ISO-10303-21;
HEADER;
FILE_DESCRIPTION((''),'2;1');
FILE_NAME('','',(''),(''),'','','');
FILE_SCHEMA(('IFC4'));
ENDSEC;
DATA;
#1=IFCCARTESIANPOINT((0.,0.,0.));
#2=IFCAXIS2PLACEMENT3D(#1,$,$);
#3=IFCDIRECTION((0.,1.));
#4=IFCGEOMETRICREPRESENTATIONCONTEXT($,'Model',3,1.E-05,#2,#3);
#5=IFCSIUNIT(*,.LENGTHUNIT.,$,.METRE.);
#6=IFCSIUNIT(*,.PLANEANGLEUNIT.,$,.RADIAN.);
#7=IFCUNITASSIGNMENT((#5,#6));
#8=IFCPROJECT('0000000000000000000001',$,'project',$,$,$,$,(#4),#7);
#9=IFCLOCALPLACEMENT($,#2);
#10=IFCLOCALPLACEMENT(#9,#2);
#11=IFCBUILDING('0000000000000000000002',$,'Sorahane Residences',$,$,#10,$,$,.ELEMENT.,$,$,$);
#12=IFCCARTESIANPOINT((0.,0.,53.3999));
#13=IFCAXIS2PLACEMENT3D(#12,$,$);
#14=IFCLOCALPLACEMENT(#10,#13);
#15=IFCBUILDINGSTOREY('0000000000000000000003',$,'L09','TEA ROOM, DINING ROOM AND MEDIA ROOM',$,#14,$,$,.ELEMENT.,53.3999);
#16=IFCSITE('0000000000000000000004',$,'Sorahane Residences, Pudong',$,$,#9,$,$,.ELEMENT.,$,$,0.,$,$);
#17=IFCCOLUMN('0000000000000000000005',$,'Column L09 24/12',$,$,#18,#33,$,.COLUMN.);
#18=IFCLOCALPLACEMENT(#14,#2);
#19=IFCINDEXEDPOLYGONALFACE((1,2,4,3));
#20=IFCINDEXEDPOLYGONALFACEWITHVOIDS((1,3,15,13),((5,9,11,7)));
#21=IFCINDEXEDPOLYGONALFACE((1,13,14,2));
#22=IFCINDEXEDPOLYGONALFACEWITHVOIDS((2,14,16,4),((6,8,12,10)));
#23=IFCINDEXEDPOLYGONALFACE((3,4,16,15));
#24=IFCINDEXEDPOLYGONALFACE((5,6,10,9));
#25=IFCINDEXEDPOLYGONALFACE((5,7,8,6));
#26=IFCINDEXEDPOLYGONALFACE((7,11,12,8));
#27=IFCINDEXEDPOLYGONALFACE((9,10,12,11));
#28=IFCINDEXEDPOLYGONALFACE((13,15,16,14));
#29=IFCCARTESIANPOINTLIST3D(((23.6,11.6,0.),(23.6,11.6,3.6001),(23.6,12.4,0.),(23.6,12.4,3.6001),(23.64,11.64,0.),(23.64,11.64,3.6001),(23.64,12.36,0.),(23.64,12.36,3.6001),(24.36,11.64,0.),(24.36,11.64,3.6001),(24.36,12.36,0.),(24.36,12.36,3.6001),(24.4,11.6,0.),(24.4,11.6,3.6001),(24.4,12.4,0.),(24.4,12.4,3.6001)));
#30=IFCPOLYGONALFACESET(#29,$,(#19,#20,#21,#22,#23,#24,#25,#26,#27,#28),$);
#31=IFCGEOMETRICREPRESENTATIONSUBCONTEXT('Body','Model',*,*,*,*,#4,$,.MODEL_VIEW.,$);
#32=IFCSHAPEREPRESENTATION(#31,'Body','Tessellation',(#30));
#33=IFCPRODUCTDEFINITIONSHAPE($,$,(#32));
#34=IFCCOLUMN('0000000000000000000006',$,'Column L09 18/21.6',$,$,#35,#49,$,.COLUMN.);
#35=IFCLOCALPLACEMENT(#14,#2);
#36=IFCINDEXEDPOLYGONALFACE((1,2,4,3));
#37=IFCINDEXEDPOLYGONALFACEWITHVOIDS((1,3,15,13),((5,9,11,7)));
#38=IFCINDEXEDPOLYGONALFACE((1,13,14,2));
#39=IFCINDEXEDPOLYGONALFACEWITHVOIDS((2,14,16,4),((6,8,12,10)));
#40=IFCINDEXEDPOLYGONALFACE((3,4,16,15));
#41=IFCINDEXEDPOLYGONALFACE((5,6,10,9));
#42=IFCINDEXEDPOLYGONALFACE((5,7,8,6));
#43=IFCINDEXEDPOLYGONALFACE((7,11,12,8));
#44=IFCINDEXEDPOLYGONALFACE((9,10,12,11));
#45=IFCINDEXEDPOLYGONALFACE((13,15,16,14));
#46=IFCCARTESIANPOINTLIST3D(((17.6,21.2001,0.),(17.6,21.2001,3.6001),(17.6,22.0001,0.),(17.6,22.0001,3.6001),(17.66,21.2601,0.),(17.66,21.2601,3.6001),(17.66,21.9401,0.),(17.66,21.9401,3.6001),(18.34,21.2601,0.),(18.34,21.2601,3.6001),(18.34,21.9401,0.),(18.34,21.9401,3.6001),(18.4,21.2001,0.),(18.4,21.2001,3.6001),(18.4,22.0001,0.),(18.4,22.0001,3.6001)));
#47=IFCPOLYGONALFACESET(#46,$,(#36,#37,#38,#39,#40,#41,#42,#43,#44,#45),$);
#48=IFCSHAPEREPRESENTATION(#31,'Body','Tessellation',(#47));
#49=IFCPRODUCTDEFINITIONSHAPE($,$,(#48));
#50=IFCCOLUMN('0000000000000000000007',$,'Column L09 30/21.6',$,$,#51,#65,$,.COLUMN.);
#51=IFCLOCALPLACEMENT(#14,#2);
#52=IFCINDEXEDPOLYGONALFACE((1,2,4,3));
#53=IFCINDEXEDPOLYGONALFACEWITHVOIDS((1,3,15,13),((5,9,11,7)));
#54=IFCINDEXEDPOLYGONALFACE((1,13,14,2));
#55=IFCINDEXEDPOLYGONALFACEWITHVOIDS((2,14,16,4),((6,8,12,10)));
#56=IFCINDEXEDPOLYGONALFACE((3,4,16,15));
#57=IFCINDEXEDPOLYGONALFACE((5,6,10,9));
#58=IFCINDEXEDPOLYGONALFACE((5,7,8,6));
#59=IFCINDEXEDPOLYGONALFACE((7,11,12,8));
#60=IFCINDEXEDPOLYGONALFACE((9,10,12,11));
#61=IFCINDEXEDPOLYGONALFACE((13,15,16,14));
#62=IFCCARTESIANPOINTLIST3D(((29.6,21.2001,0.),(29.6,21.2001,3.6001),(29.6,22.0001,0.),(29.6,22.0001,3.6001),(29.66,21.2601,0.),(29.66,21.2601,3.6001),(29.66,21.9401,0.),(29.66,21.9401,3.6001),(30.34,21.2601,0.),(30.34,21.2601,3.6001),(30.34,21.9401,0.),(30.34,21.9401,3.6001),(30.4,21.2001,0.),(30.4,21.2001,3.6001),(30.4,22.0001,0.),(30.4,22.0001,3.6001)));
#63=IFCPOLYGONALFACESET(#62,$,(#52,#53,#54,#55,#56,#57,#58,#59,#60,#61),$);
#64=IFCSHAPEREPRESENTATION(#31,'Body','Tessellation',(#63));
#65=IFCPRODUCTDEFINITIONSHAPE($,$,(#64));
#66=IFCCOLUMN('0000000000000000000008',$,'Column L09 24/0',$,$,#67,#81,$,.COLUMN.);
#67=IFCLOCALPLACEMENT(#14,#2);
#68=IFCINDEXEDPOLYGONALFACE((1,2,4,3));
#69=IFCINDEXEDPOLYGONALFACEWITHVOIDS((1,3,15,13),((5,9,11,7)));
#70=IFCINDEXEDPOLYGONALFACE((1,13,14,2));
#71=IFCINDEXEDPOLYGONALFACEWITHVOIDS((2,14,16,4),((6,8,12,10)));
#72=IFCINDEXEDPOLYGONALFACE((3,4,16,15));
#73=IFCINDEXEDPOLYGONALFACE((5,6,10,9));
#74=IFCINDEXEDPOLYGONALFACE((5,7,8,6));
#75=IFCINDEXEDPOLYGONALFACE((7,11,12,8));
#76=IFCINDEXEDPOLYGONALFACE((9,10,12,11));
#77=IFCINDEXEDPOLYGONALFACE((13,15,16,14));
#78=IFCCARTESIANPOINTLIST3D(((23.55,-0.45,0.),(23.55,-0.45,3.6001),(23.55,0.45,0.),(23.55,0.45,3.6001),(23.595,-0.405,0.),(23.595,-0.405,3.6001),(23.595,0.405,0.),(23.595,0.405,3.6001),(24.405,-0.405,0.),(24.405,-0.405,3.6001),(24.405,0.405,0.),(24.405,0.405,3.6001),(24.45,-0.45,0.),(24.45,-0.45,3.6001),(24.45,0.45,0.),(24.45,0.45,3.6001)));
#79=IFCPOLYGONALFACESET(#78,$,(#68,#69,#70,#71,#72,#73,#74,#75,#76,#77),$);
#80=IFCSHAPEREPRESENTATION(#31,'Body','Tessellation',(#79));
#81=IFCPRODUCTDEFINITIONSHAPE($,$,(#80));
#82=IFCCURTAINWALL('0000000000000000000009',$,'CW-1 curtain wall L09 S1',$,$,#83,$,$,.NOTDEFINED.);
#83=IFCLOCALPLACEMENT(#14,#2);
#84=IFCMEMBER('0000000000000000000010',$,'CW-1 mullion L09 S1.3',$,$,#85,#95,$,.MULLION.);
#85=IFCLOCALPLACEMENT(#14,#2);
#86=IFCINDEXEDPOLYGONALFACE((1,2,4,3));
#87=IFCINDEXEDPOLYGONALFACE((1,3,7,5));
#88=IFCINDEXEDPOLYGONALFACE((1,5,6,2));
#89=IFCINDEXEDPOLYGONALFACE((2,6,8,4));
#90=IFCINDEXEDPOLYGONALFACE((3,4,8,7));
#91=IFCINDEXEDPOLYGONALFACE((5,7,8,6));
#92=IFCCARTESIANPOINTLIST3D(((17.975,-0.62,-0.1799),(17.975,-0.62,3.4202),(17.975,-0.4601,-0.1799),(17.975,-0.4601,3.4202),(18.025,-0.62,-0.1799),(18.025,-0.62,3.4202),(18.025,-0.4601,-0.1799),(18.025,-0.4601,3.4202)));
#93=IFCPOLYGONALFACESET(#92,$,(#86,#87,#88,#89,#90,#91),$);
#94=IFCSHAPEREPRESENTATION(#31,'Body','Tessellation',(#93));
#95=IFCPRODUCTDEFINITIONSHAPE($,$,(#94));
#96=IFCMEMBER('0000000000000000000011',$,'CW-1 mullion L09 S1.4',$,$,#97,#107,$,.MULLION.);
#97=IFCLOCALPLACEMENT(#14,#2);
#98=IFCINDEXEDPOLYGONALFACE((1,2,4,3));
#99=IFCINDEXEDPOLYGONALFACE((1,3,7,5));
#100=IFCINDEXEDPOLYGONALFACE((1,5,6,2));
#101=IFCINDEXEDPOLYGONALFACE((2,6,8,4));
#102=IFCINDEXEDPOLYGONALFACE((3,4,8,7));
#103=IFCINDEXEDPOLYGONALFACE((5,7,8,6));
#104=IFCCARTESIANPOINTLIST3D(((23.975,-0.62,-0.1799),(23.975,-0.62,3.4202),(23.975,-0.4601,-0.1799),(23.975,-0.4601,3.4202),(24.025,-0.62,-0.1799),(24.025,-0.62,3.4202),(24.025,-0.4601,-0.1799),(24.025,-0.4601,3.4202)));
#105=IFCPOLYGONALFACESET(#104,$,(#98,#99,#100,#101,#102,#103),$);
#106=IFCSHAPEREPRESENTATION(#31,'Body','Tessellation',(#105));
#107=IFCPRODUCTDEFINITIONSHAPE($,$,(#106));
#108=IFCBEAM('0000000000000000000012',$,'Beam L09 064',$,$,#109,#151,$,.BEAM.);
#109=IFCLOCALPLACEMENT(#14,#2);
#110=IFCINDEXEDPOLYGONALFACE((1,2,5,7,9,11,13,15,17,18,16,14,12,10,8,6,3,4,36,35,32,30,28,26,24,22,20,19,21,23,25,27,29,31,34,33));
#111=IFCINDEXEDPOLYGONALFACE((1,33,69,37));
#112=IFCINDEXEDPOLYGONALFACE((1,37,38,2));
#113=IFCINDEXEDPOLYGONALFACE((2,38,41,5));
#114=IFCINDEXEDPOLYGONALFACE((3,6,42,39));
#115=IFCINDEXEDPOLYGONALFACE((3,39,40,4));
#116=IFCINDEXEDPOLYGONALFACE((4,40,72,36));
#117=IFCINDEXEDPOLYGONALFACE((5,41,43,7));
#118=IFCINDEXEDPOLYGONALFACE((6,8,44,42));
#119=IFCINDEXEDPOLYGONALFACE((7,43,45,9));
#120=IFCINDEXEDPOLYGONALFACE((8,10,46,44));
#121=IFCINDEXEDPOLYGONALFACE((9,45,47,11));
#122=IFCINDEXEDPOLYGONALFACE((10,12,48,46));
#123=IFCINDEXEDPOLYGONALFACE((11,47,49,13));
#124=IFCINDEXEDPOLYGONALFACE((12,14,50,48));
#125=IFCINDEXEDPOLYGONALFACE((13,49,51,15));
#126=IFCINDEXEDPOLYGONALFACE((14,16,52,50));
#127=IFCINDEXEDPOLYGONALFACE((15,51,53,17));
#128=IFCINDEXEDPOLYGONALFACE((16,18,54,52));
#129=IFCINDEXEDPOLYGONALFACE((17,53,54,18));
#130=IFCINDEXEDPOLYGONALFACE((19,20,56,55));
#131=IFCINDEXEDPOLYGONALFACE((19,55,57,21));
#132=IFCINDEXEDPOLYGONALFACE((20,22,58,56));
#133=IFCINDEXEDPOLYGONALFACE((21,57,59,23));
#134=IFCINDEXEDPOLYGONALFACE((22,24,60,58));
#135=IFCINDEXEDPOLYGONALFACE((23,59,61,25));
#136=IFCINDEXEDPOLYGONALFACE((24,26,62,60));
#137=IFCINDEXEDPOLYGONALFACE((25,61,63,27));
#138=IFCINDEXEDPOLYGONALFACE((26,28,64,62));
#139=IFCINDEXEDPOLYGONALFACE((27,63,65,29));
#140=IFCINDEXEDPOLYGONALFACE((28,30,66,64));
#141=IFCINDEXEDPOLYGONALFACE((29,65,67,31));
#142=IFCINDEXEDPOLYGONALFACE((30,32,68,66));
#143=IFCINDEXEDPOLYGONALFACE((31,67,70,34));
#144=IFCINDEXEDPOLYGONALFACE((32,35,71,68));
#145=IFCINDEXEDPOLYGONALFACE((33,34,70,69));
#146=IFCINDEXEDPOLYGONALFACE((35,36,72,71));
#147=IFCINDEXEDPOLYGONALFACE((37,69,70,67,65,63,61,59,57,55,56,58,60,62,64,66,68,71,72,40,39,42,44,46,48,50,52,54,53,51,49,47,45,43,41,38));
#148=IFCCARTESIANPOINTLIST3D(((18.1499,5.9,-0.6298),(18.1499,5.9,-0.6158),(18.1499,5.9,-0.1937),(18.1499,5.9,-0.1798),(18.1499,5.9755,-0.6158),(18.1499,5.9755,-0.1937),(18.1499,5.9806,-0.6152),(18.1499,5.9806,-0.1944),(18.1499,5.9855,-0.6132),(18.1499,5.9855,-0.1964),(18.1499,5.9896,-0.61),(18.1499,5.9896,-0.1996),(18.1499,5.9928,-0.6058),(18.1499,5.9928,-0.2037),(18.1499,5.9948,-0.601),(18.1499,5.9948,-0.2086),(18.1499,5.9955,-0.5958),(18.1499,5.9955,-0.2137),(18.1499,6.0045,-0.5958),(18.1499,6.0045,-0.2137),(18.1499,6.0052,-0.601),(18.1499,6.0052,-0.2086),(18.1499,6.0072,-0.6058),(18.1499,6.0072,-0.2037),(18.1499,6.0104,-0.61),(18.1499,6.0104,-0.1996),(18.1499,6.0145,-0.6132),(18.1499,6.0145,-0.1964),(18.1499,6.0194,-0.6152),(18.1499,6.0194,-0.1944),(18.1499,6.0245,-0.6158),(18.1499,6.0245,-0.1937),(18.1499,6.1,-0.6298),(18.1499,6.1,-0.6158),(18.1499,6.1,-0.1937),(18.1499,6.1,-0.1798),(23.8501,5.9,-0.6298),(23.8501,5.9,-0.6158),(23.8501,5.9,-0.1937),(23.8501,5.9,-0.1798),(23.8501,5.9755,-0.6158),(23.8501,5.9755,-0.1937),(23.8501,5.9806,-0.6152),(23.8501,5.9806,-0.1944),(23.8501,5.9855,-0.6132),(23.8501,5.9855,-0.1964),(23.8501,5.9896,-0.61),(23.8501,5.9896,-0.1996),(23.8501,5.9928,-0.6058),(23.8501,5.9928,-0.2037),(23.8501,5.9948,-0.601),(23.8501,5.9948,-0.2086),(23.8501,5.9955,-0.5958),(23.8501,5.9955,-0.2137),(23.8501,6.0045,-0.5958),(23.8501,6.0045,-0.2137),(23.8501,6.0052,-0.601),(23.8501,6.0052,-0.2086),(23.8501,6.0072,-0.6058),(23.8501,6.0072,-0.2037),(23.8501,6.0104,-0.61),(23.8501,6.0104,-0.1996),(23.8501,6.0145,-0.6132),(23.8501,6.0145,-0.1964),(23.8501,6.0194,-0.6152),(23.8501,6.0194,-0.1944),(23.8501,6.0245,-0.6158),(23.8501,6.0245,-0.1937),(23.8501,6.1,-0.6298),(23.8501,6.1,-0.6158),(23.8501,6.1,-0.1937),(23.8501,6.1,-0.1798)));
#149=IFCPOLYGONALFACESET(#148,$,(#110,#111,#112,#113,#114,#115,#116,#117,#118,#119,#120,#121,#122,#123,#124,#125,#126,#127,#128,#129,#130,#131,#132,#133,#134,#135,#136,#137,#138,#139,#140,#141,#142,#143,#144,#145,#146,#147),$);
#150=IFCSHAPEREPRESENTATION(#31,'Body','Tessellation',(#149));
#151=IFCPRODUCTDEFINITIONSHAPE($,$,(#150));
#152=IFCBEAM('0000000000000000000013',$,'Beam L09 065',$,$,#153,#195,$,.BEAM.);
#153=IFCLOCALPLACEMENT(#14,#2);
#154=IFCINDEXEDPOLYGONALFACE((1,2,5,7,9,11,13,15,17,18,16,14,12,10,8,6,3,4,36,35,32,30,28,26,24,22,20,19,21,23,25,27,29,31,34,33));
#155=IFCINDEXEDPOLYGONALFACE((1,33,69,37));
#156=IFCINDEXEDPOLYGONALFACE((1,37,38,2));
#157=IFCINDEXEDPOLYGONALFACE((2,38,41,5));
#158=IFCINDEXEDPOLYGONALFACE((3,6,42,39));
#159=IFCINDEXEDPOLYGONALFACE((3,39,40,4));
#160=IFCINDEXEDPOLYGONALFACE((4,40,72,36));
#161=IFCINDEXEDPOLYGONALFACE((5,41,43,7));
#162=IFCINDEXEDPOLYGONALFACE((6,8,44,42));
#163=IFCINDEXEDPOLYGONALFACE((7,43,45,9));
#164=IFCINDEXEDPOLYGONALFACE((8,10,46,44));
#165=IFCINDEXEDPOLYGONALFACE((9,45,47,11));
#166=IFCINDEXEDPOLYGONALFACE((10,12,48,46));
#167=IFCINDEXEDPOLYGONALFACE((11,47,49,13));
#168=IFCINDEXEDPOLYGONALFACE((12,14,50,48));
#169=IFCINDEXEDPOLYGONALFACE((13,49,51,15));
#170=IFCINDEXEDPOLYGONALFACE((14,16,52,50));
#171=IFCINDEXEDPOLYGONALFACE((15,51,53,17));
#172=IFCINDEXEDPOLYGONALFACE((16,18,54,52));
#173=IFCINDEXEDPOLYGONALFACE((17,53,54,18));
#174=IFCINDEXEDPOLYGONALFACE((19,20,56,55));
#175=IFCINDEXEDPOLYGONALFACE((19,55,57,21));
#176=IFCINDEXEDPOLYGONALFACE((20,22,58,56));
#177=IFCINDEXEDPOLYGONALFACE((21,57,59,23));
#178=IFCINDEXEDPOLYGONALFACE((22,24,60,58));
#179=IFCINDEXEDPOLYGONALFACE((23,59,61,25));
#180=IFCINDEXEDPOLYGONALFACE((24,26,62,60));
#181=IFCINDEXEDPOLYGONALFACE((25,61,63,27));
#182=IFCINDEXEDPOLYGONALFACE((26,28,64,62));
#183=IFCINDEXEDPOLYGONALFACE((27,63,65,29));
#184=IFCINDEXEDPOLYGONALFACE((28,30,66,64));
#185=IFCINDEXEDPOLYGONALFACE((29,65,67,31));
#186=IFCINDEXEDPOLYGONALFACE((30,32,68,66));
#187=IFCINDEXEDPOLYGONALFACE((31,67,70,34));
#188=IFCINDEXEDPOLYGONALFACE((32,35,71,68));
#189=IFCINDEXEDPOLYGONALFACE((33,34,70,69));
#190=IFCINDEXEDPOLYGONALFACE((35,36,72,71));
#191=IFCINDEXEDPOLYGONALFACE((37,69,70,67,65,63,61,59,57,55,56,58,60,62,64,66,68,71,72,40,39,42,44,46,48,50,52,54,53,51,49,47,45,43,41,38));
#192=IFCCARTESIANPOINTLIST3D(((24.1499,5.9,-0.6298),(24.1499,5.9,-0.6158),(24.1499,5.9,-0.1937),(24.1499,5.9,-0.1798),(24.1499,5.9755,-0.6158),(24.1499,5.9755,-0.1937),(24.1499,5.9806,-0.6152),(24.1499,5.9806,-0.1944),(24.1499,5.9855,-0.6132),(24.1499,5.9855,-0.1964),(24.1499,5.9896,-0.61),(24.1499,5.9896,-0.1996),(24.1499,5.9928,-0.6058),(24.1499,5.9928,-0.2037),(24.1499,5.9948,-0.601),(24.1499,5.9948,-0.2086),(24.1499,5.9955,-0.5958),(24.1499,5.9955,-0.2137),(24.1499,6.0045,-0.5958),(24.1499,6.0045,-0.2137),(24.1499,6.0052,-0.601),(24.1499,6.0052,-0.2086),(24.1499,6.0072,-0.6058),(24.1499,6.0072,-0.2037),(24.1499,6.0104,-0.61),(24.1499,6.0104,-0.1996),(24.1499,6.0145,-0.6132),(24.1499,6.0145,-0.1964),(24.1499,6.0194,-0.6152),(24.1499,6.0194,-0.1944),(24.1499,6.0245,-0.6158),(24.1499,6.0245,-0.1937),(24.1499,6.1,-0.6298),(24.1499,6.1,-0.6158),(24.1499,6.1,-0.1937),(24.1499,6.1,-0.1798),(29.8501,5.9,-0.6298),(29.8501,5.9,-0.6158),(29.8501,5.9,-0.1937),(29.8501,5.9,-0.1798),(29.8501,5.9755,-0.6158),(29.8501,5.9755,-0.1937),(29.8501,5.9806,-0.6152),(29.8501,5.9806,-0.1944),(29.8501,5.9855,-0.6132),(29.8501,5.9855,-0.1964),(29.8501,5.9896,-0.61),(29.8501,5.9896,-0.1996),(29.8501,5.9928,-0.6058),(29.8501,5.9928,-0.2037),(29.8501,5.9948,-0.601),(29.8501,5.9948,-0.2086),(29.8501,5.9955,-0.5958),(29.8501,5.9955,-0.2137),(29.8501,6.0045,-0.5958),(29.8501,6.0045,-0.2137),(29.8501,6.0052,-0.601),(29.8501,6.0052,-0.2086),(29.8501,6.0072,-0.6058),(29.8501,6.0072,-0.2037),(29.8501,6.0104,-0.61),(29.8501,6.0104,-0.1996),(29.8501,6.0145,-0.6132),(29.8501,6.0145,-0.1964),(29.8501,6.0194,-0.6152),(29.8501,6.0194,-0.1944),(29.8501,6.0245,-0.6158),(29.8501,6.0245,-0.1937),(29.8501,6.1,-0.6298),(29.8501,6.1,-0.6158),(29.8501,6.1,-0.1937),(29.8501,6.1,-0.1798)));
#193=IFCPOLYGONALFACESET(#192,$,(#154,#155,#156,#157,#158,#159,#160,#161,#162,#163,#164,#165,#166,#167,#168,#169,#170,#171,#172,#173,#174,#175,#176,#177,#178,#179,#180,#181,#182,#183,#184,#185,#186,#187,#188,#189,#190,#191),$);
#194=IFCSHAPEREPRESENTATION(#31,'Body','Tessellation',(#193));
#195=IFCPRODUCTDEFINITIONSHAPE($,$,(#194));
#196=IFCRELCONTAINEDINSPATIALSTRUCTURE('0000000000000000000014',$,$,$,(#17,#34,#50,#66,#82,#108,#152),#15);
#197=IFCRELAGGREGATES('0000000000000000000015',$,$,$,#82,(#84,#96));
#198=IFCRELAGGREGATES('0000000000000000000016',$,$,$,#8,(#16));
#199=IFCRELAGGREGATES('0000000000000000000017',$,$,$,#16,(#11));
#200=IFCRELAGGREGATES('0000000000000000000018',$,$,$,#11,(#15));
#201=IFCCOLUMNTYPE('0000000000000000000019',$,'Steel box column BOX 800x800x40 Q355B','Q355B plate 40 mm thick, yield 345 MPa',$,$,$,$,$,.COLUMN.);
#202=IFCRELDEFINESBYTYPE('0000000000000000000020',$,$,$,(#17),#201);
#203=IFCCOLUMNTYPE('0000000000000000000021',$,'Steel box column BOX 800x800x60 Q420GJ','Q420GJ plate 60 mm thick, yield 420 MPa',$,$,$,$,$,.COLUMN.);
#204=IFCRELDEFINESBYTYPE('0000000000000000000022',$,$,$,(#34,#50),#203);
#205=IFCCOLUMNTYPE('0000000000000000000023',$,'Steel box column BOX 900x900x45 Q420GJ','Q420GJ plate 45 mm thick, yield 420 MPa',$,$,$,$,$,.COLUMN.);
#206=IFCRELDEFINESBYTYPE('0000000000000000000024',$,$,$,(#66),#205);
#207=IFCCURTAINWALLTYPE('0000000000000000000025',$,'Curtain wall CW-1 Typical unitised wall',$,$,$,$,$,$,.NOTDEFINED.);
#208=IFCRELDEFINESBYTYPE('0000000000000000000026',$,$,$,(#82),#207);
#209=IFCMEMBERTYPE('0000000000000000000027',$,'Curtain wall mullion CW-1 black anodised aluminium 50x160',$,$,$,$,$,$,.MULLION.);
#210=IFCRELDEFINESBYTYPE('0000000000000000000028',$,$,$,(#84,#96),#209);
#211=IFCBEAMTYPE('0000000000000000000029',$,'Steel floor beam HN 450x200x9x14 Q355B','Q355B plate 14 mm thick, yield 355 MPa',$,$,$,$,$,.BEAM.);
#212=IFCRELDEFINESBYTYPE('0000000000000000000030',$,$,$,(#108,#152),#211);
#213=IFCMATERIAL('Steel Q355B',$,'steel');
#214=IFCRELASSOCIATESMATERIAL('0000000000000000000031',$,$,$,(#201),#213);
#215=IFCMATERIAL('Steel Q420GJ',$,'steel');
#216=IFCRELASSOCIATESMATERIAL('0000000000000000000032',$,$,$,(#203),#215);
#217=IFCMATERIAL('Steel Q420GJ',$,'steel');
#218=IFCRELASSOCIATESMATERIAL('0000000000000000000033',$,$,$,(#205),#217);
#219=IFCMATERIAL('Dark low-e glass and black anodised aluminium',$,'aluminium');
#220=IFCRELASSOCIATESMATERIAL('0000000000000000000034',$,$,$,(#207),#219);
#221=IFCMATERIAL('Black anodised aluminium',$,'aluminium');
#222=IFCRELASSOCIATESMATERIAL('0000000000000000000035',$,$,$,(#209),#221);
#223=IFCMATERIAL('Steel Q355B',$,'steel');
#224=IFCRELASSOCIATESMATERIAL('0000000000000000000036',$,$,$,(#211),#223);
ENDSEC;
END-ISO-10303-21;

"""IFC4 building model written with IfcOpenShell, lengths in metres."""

from ifc_helpers import new_model, si_unit, direction, frame, origin, origin_2d, place, context, subcontext, project, spatial, rectangle, hollow_rectangle, i_section, extrude, material, material_profile, profile_set, type_object, element, aggregate, save


model = new_model("IFC4")

# Units and contexts
model_context = context("Model", 3, precision=1e-05, world=origin(), true_north=direction((0.0, 1.0)))
body_context = subcontext(model_context, "Body", "Model", "MODEL_VIEW")
ifc_project = project(units=[si_unit("LENGTHUNIT", "METRE"), si_unit("PLANEANGLEUNIT", "RADIAN")], contexts=[model_context])

# Site, building, storey
site_placement = place(None, origin())
site = spatial("IfcSite", under=ifc_project, at=site_placement, Name="Sorahane Residences, Pudong", CompositionType="ELEMENT", RefElevation=0.0)
building_placement = place(site_placement, origin())
building = spatial("IfcBuilding", under=site, at=building_placement, Name="Sorahane Residences", CompositionType="ELEMENT")
storey_placement = place(building_placement, frame((0.0, 0.0, 53.3999)))
storey = spatial("IfcBuildingStorey", under=building, at=storey_placement, Name="L09", Description="TEA ROOM, DINING ROOM AND MEDIA ROOM", CompositionType="ELEMENT", Elevation=53.3999)

# Columns
ifc_material_1 = material(Name="Steel Q355B", Category="steel")
ifc_material_profile_1 = material_profile(ifc_material_1, hollow_rectangle(XDim=0.8, YDim=0.8, WallThickness=0.04, at=origin_2d()), Name="BOX 800x800x40")
ifc_profile_set_1 = profile_set([ifc_material_profile_1], Name="Steel Q355B")
column_type_1 = type_object("IfcColumnType", Name="Steel box column BOX 800x800x40 Q355B", Description="Q355B plate 40 mm thick, yield 345 MPa", PredefinedType="COLUMN", material=ifc_profile_set_1)
column_1_placement = place(storey_placement, frame((24.0, 12.0, 0.0), z_axis=(0.0, 0.0, 1.0), x_axis=(1.0, 0.0, 0.0)))
element("IfcColumn", 1, at=column_1_placement, inside=storey, type_object=column_type_1, Name="Column L09 24/12", PredefinedType="COLUMN", context=body_context, shape_type="SweptSolid", body=[
    extrude(hollow_rectangle(XDim=0.8, YDim=0.8, WallThickness=0.04, at=origin_2d()), origin(), (0.0, 0.0, 1.0), 3.6001),
])
ifc_material_2 = material(Name="Steel Q420GJ", Category="steel")
ifc_material_profile_2 = material_profile(ifc_material_2, hollow_rectangle(XDim=0.8, YDim=0.8, WallThickness=0.0601, at=origin_2d()), Name="BOX 800x800x60")
ifc_profile_set_2 = profile_set([ifc_material_profile_2], Name="Steel Q420GJ")
column_type_2 = type_object("IfcColumnType", Name="Steel box column BOX 800x800x60 Q420GJ", Description="Q420GJ plate 60 mm thick, yield 420 MPa", PredefinedType="COLUMN", material=ifc_profile_set_2)
for number, where, z_axis, x_axis, name in (
    (2, (18.0, 21.6001, 0.0), (0.0, 0.0, 1.0), (1.0, 0.0, 0.0), "Column L09 18/21.6"),
    (3, (30.0, 21.6001, 0.0), (0.0, 0.0, 1.0), (1.0, 0.0, 0.0), "Column L09 30/21.6"),
):
    element("IfcColumn", number, at=place(storey_placement, frame(where, z_axis=z_axis, x_axis=x_axis)), inside=storey, type_object=column_type_2, Name=name, PredefinedType="COLUMN", context=body_context, shape_type="SweptSolid", body=[
        extrude(hollow_rectangle(XDim=0.8, YDim=0.8, WallThickness=0.0601, at=origin_2d()), origin(), (0.0, 0.0, 1.0), 3.6001),
    ])
ifc_material_3 = material(Name="Steel Q420GJ", Category="steel")
ifc_material_profile_3 = material_profile(ifc_material_3, hollow_rectangle(XDim=0.8999, YDim=0.8999, WallThickness=0.0449, at=origin_2d()), Name="BOX 900x900x45")
ifc_profile_set_3 = profile_set([ifc_material_profile_3], Name="Steel Q420GJ")
column_type_3 = type_object("IfcColumnType", Name="Steel box column BOX 900x900x45 Q420GJ", Description="Q420GJ plate 45 mm thick, yield 420 MPa", PredefinedType="COLUMN", material=ifc_profile_set_3)
column_2_placement = place(storey_placement, frame((24.0, 0.0, 0.0), z_axis=(0.0, 0.0, 1.0), x_axis=(1.0, 0.0, 0.0)))
element("IfcColumn", 4, at=column_2_placement, inside=storey, type_object=column_type_3, Name="Column L09 24/0", PredefinedType="COLUMN", context=body_context, shape_type="SweptSolid", body=[
    extrude(hollow_rectangle(XDim=0.8999, YDim=0.8999, WallThickness=0.0449, at=origin_2d()), origin(), (0.0, 0.0, 1.0), 3.6001),
])

# Curtain wall, members
ifc_material_4 = material(Name="Dark low-e glass and black anodised aluminium", Category="aluminium")
curtain_wall_type = type_object("IfcCurtainWallType", Name="Curtain wall CW-1 Typical unitised wall", PredefinedType="NOTDEFINED", material=ifc_material_4)
curtain_wall_placement = place(storey_placement, origin())
curtain_wall = element("IfcCurtainWall", 5, at=curtain_wall_placement, inside=storey, type_object=curtain_wall_type, Name="CW-1 curtain wall L09 S1", PredefinedType="NOTDEFINED")
ifc_material_5 = material(Name="Black anodised aluminium", Category="aluminium")
ifc_material_profile_4 = material_profile(ifc_material_5, rectangle(XDim=0.1599, YDim=0.05, at=origin_2d()), Name="Curtain wall mullion CW-1 black anodised aluminium 50x160")
ifc_profile_set_4 = profile_set([ifc_material_profile_4], Name="Black anodised aluminium")
member_type = type_object("IfcMemberType", Name="Curtain wall mullion CW-1 black anodised aluminium 50x160", PredefinedType="MULLION", material=ifc_profile_set_4)
member_1_placement = place(storey_placement, frame((18.0, -0.54, -0.1799), z_axis=(0.0, 0.0, 1.0), x_axis=(0.0, -1.0, 0.0)))
member_1 = element("IfcMember", 6, at=member_1_placement, type_object=member_type, Name="CW-1 mullion L09 S1.3", PredefinedType="MULLION", context=body_context, shape_type="SweptSolid", body=[
    extrude(rectangle(XDim=0.1599, YDim=0.05, at=origin_2d()), origin(), (0.0, 0.0, 1.0), 3.6001),
])
member_2_placement = place(storey_placement, frame((24.0, -0.54, -0.1799), z_axis=(0.0, 0.0, 1.0), x_axis=(0.0, -1.0, 0.0)))
member_2 = element("IfcMember", 7, at=member_2_placement, type_object=member_type, Name="CW-1 mullion L09 S1.4", PredefinedType="MULLION", context=body_context, shape_type="SweptSolid", body=[
    extrude(rectangle(XDim=0.1599, YDim=0.05, at=origin_2d()), origin(), (0.0, 0.0, 1.0), 3.6001),
])

# Beams
ifc_material_6 = material(Name="Steel Q355B", Category="steel")
ifc_material_profile_5 = material_profile(ifc_material_6, i_section(OverallWidth=0.2, OverallDepth=0.45, WebThickness=0.009, FlangeThickness=0.0139, FilletRadius=0.02, at=origin_2d()), Name="HN 450x200x9x14")
ifc_profile_set_5 = profile_set([ifc_material_profile_5], Name="Steel Q355B")
beam_type_1 = type_object("IfcBeamType", Name="Steel floor beam HN 450x200x9x14 Q355B", Description="Q355B plate 14 mm thick, yield 355 MPa", PredefinedType="BEAM", material=ifc_profile_set_5)
for number, where, z_axis, x_axis, name in (
    (8, (18.1499, 6.0, -0.4048), (1.0, 0.0, 0.0), (0.0, 1.0, 0.0), "Beam L09 064"),
    (9, (24.1499, 6.0, -0.4048), (1.0, 0.0, 0.0), (0.0, 1.0, 0.0), "Beam L09 065"),
):
    element("IfcBeam", number, at=place(storey_placement, frame(where, z_axis=z_axis, x_axis=x_axis)), inside=storey, type_object=beam_type_1, Name=name, PredefinedType="BEAM", context=body_context, shape_type="SweptSolid", body=[
        extrude(i_section(OverallWidth=0.2, OverallDepth=0.45, WebThickness=0.009, FlangeThickness=0.0139, FilletRadius=0.02, at=origin_2d()), origin(), (0.0, 0.0, 1.0), 5.7002),
    ])

aggregate(curtain_wall, [member_1, member_2])

save(model, "model.ifc")
